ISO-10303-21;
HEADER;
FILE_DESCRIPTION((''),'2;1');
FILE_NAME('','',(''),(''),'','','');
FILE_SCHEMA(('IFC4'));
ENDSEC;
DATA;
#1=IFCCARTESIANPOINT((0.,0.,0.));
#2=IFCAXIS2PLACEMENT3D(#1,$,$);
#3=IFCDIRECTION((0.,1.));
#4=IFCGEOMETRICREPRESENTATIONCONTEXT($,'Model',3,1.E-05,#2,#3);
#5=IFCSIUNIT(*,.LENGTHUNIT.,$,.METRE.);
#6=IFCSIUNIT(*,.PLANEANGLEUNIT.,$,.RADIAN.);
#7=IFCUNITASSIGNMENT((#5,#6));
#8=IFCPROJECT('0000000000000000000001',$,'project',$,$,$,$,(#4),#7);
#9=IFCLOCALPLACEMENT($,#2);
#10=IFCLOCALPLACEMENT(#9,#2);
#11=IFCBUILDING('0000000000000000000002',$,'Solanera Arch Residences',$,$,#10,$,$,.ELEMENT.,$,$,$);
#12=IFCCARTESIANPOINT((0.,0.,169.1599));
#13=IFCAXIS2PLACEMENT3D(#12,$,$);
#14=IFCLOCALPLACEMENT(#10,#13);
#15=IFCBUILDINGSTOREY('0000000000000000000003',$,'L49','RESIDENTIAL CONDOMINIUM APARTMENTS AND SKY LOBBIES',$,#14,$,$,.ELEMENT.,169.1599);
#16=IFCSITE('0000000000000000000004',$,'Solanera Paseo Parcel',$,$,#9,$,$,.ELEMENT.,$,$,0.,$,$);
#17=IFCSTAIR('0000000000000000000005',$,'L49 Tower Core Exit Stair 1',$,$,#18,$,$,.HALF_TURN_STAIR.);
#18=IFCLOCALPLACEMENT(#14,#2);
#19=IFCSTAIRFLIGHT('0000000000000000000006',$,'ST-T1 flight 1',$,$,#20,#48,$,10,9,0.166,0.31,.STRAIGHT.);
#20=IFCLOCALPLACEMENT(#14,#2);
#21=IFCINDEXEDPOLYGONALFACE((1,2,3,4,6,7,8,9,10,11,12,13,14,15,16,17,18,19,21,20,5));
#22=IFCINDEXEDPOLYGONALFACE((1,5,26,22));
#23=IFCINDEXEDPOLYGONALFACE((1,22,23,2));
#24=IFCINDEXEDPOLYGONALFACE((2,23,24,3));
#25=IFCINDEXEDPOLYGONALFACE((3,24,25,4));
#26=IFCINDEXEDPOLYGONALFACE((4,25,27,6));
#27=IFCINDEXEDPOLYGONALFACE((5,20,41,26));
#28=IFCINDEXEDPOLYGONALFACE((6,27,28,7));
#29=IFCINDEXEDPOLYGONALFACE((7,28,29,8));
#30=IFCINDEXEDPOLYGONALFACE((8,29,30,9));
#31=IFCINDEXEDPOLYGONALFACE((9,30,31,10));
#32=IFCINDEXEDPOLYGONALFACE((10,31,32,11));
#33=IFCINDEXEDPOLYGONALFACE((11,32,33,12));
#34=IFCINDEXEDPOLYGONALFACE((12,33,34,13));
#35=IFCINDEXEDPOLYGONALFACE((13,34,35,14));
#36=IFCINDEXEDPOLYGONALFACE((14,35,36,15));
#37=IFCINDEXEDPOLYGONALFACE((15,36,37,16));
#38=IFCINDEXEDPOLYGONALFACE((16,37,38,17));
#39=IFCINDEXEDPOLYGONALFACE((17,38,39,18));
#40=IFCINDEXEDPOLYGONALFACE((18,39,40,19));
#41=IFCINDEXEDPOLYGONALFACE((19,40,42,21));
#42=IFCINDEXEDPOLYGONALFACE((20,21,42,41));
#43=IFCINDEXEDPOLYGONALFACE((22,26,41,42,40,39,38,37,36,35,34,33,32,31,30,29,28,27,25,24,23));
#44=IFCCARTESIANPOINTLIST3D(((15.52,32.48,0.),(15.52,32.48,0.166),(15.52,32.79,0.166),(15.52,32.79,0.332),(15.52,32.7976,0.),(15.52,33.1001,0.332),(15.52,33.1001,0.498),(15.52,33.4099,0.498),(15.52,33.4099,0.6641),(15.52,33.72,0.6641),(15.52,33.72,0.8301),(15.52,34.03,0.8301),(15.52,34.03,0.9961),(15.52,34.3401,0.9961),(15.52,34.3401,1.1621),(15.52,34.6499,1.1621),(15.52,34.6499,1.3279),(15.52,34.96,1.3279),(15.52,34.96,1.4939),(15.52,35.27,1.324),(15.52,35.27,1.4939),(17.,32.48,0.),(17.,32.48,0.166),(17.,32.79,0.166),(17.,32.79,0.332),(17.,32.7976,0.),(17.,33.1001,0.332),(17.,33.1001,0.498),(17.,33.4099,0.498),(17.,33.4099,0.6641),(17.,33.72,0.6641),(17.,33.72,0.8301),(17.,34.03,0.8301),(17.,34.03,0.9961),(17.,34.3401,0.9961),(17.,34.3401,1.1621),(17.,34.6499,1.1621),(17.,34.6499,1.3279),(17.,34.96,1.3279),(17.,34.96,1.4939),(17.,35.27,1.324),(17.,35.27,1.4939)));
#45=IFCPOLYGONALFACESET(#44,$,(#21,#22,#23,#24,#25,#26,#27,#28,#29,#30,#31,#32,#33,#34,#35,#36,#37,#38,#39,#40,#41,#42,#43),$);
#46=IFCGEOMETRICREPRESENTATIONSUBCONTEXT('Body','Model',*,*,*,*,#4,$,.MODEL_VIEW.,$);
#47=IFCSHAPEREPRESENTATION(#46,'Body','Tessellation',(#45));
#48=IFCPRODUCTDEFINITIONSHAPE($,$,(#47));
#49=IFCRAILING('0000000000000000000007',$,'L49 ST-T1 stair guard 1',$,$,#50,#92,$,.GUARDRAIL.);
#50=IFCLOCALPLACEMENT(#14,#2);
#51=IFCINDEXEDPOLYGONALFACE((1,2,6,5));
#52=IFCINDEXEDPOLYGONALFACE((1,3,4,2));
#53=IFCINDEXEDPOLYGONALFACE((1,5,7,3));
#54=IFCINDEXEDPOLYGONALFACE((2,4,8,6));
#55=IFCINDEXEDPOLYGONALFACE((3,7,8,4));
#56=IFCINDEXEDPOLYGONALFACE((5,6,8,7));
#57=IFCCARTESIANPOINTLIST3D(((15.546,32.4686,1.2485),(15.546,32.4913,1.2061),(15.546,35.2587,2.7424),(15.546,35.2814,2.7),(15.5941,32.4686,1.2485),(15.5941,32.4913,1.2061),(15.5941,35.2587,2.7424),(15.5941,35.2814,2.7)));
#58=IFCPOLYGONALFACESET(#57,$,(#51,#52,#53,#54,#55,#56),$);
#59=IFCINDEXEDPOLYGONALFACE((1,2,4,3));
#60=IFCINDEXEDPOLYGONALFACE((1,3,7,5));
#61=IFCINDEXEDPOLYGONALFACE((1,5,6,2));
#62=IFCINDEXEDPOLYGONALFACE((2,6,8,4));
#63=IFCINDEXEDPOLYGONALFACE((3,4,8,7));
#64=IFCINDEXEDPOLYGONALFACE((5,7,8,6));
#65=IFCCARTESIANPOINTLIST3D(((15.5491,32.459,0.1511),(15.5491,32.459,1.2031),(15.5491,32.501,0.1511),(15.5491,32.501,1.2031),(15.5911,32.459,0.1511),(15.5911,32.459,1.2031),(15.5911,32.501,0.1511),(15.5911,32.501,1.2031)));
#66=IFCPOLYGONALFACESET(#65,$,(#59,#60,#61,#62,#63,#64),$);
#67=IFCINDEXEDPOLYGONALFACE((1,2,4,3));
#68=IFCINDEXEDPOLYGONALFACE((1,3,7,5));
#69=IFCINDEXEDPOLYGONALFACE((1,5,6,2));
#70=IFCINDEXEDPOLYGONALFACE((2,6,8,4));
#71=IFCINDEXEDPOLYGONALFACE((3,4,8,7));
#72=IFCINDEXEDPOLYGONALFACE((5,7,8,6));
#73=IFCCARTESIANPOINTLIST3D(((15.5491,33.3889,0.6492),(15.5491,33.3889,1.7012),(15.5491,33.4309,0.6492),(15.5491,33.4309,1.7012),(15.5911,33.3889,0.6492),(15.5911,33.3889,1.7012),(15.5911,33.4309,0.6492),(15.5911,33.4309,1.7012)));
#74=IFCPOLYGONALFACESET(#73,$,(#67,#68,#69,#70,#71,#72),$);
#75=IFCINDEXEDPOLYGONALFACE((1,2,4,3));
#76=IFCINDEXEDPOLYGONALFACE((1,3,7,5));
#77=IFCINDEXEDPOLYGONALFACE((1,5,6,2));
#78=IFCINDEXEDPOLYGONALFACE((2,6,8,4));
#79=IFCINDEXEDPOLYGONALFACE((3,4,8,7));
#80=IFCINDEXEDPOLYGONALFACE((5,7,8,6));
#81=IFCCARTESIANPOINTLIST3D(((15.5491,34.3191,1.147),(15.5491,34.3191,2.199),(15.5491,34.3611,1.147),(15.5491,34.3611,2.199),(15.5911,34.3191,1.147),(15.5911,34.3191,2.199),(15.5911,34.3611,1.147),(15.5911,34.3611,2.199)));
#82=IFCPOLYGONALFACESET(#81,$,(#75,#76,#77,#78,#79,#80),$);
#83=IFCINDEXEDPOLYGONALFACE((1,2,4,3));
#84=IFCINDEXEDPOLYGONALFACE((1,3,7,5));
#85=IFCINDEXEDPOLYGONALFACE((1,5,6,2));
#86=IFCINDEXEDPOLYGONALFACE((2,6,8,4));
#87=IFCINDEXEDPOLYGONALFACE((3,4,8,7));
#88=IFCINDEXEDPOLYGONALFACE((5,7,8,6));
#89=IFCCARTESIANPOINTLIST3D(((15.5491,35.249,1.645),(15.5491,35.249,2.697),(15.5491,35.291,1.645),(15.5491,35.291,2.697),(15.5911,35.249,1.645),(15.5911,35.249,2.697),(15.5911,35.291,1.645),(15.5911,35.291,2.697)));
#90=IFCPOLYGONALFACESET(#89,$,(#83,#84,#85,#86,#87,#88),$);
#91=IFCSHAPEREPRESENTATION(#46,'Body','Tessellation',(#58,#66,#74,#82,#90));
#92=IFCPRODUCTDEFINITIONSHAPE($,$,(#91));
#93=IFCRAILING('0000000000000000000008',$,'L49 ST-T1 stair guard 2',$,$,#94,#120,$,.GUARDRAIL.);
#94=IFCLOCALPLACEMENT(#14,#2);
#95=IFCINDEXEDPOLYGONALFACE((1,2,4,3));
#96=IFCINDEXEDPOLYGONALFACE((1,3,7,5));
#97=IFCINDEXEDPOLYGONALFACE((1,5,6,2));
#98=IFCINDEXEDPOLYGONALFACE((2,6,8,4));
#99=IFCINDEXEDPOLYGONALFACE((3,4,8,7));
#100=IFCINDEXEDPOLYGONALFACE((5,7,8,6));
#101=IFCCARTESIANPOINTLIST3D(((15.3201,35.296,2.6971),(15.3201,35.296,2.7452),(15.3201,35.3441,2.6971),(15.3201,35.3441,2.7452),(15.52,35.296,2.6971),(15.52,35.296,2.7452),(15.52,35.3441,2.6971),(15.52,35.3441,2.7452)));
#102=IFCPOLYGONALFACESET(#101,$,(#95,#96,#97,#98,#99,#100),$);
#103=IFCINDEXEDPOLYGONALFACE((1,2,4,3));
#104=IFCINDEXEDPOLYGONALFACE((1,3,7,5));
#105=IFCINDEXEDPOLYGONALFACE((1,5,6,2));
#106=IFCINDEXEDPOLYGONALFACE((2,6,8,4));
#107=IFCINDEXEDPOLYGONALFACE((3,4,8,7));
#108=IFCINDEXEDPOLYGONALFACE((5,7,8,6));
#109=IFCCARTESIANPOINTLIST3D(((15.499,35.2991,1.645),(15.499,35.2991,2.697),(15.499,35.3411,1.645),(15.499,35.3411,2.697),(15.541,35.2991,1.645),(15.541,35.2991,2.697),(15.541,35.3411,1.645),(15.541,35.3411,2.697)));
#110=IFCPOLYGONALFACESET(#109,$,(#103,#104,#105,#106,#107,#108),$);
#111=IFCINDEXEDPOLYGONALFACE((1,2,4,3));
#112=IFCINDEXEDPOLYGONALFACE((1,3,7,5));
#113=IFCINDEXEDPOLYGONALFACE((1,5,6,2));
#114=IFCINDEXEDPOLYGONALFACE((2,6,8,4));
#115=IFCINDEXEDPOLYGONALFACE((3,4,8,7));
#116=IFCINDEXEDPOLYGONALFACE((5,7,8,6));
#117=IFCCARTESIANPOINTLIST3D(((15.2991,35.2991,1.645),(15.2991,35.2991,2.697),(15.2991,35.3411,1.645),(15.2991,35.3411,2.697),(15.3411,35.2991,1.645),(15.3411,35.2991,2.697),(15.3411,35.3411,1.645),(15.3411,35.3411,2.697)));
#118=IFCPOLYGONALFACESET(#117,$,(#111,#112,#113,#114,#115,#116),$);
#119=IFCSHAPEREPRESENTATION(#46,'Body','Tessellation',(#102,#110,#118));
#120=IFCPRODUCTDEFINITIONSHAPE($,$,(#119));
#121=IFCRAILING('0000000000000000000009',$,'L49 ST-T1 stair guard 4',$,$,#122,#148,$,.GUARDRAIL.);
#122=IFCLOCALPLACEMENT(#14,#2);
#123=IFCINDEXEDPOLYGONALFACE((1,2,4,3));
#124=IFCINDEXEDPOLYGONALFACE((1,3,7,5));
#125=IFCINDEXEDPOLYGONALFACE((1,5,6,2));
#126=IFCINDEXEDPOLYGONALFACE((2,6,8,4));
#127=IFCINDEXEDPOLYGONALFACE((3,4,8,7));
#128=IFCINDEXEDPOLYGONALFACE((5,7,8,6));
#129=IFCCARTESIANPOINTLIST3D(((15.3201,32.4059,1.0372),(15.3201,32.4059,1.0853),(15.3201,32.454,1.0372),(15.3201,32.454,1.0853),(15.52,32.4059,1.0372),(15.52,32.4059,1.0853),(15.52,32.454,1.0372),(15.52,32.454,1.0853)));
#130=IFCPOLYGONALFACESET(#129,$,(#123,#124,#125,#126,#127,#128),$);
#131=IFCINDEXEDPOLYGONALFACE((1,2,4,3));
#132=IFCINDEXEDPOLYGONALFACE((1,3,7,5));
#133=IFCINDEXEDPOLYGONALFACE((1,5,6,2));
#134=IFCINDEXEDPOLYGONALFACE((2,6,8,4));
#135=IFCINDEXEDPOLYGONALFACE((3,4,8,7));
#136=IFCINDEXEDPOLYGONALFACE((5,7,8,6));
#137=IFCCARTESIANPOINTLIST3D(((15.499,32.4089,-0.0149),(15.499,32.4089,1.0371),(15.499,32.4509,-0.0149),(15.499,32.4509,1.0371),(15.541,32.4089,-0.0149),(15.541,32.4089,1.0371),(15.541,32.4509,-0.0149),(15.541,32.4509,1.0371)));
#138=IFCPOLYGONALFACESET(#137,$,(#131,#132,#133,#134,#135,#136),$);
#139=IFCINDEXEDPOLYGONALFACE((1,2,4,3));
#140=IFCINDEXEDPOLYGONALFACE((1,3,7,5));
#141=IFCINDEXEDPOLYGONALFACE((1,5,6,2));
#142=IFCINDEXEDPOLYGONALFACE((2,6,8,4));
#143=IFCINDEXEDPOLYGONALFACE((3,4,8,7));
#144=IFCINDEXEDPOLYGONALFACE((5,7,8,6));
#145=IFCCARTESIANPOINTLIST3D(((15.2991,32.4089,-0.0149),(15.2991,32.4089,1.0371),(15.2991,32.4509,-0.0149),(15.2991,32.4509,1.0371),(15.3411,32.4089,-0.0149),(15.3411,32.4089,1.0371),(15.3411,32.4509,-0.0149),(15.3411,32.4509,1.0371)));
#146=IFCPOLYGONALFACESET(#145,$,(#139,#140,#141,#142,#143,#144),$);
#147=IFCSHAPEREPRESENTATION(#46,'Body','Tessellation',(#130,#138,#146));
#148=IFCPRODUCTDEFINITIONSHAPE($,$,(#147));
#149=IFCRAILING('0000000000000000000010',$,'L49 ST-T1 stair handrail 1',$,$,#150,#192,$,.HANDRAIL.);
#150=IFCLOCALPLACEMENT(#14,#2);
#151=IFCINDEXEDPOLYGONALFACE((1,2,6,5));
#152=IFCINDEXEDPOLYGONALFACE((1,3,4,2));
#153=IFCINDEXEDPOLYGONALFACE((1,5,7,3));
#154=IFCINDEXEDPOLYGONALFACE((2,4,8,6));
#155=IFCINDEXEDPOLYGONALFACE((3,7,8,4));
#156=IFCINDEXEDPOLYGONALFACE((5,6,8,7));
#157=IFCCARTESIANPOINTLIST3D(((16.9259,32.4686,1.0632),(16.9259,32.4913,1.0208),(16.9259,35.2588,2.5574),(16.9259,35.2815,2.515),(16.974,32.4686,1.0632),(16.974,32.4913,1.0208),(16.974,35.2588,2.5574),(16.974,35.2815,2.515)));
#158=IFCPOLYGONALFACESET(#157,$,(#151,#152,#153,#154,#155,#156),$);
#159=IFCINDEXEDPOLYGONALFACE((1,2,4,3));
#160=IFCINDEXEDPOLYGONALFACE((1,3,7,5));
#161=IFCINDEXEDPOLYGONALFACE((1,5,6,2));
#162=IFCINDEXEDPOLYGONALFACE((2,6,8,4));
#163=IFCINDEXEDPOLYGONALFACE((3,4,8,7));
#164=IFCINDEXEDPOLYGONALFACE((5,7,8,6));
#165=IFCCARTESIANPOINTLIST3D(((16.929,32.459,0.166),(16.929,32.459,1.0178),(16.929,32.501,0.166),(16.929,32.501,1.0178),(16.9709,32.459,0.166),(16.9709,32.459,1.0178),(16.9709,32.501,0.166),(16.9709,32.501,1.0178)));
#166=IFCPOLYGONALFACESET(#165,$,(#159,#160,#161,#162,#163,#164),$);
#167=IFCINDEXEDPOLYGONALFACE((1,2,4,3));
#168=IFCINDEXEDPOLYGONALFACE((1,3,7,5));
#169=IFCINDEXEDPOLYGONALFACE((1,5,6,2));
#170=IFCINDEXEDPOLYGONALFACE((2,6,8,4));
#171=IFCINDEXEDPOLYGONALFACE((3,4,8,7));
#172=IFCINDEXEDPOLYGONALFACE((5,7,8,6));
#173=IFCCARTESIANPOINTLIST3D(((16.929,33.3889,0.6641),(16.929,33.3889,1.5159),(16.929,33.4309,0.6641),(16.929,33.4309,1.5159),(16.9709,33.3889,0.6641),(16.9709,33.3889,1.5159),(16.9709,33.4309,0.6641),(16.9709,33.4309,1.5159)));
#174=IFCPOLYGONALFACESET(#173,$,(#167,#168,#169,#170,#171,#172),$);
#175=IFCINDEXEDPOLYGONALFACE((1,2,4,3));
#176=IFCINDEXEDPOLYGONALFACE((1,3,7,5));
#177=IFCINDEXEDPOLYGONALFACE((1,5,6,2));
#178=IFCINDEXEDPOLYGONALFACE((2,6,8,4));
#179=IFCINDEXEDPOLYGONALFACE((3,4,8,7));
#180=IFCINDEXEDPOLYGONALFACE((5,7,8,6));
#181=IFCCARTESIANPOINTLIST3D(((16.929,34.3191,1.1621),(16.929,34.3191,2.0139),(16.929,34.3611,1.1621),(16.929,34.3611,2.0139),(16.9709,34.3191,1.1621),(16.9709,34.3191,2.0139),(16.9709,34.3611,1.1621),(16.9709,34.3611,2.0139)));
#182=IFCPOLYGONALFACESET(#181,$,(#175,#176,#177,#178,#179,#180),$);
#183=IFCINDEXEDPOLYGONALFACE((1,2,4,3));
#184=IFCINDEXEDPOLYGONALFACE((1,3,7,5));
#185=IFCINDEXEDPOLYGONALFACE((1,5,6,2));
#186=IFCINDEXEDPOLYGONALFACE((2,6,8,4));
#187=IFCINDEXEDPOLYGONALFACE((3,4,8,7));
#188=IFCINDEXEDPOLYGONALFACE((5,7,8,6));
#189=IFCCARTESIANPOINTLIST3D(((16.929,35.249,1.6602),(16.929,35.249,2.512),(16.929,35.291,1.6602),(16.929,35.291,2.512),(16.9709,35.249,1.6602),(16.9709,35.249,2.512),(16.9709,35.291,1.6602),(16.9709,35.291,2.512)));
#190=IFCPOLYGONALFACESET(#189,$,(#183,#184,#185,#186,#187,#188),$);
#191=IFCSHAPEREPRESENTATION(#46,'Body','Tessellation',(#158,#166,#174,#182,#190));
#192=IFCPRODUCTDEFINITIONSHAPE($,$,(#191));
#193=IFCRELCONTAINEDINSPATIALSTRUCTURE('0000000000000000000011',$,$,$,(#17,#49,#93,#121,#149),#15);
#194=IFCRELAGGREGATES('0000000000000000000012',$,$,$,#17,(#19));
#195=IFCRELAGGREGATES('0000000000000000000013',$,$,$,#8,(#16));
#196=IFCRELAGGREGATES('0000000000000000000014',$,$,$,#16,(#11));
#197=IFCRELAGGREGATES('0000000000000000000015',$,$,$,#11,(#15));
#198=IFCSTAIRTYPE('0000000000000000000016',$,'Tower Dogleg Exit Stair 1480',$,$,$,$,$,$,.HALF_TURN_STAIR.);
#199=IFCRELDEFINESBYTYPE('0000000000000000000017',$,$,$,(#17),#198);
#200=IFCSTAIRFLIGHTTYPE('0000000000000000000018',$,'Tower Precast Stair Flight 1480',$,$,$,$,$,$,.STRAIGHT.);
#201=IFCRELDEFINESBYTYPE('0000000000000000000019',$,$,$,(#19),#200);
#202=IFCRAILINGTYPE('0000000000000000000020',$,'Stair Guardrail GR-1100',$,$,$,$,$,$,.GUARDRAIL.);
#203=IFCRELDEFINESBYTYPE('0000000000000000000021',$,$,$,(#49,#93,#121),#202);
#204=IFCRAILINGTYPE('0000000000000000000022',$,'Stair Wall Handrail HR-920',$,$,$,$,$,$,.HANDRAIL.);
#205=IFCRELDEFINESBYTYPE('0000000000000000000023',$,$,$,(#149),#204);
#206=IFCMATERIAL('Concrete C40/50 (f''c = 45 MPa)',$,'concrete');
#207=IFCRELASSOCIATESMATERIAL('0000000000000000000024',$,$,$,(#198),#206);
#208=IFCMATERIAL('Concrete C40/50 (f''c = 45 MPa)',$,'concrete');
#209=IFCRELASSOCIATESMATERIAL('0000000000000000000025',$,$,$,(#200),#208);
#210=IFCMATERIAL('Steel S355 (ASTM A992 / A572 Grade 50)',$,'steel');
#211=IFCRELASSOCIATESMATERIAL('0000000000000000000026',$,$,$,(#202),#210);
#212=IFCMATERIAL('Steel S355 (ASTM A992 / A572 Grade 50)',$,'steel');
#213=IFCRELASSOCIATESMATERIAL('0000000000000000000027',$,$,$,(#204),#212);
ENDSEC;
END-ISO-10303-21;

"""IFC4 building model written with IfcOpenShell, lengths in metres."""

from ifc_helpers import new_model, si_unit, direction, frame, origin, origin_2d, place, context, subcontext, project, spatial, polyline, rectangle, outline, extrude, material, type_object, element, aggregate, save


model = new_model("IFC4")

# Units and contexts
model_context = context("Model", 3, precision=1e-05, world=origin(), true_north=direction((0.0, 1.0)))
body_context = subcontext(model_context, "Body", "Model", "MODEL_VIEW")
ifc_project = project(units=[si_unit("LENGTHUNIT", "METRE"), si_unit("PLANEANGLEUNIT", "RADIAN")], contexts=[model_context])

# Site, building, storey
site_placement = place(None, origin())
site = spatial("IfcSite", under=ifc_project, at=site_placement, Name="Solanera Paseo Parcel", CompositionType="ELEMENT", RefElevation=0.0)
building_placement = place(site_placement, origin())
building = spatial("IfcBuilding", under=site, at=building_placement, Name="Solanera Arch Residences", CompositionType="ELEMENT")
storey_placement = place(building_placement, frame((0.0, 0.0, 169.1599)))
storey = spatial("IfcBuildingStorey", under=building, at=storey_placement, Name="L49", Description="RESIDENTIAL CONDOMINIUM APARTMENTS AND SKY LOBBIES", CompositionType="ELEMENT", Elevation=169.1599)

# Stair, stair flight
ifc_material_1 = material(Name="Concrete C40/50 (f'c = 45 MPa)", Category="concrete")
stair_type = type_object("IfcStairType", Name="Tower Dogleg Exit Stair 1480", PredefinedType="HALF_TURN_STAIR", material=ifc_material_1)
stair_placement = place(storey_placement, origin())
stair = element("IfcStair", 1, at=stair_placement, inside=storey, type_object=stair_type, Name="L49 Tower Core Exit Stair 1", PredefinedType="HALF_TURN_STAIR")
ifc_material_2 = material(Name="Concrete C40/50 (f'c = 45 MPa)", Category="concrete")
stair_flight_type = type_object("IfcStairFlightType", Name="Tower Precast Stair Flight 1480", PredefinedType="STRAIGHT", material=ifc_material_2)
stair_flight_placement = place(storey_placement, frame((16.26, 32.48, 0.0), z_axis=(0.0, 0.0, 1.0), x_axis=(0.0, 1.0, 0.0)))
stair_flight = element("IfcStairFlight", 2, at=stair_flight_placement, type_object=stair_flight_type, Name="ST-T1 flight 1", NumberOfRisers=10, NumberOfTreads=9, PredefinedType="STRAIGHT", RiserHeight=0.166, TreadLength=0.31, context=body_context, shape_type="SweptSolid", body=[
    extrude(outline(polyline([(0.0, 0.0), (0.0, 0.166), (0.3101, 0.166), (0.3101, 0.332), (0.6201, 0.332), (0.6201, 0.498), (0.9299, 0.498), (0.9299, 0.6641), (1.24, 0.6641), (1.24, 0.8301), (1.55, 0.8301), (1.55, 0.9961), (1.8601, 0.9961), (1.8601, 1.1621), (2.1699, 1.1621), (2.1699, 1.3279), (2.48, 1.3279), (2.48, 1.4939), (2.79, 1.4939), (2.79, 1.6599), (2.79, 1.324), (0.3176, 0.0), (0.0, 0.0)])), frame((0.0, 0.74, 0.0), z_axis=(0.0, -1.0, 0.0), x_axis=(1.0, 0.0, 0.0)), (0.0, 0.0, 1.0), 1.48),
])
aggregate(stair, [stair_flight])

# Railings
ifc_material_3 = material(Name="Steel S355 (ASTM A992 / A572 Grade 50)", Category="steel")
railing_type_1 = type_object("IfcRailingType", Name="Stair Guardrail GR-1100", PredefinedType="GUARDRAIL", material=ifc_material_3)
railing_1_placement = place(storey_placement, frame((15.5701, 32.48, 0.1511)))
element("IfcRailing", 3, at=railing_1_placement, inside=storey, type_object=railing_type_1, Name="L49 ST-T1 stair guard 1", PredefinedType="GUARDRAIL", context=body_context, shape_type="SweptSolid", body=[
    extrude(rectangle(XDim=0.0481, YDim=0.0481, at=origin_2d()), frame((0.0, 0.0, 1.0762), z_axis=(0.0, 0.881581, 0.472033), x_axis=(-1.0, 0.0, 0.0)), (0.0, 0.0, 1.0), 3.1648),
    extrude(rectangle(XDim=0.042, YDim=0.042, at=origin_2d()), origin(), (0.0, 0.0, 1.0), 1.052),
    extrude(rectangle(XDim=0.042, YDim=0.042, at=origin_2d()), frame((0.0, 0.9299, 0.498)), (0.0, 0.0, 1.0), 1.052),
    extrude(rectangle(XDim=0.042, YDim=0.042, at=origin_2d()), frame((0.0, 1.8601, 0.9958)), (0.0, 0.0, 1.0), 1.052),
    extrude(rectangle(XDim=0.042, YDim=0.042, at=origin_2d()), frame((0.0, 2.79, 1.4939)), (0.0, 0.0, 1.0), 1.052),
])
for number, where, name in (
    (4, (15.52, 35.3201, 1.645), "L49 ST-T1 stair guard 2"),
    (5, (15.52, 32.4299, -0.0149), "L49 ST-T1 stair guard 4"),
):
    element("IfcRailing", number, at=place(storey_placement, frame(where)), inside=storey, type_object=railing_type_1, Name=name, PredefinedType="GUARDRAIL", context=body_context, shape_type="SweptSolid", body=[
        extrude(rectangle(XDim=0.0481, YDim=0.0481, at=origin_2d()), frame((0.0, 0.0, 1.0762), z_axis=(-1.0, 0.0, 0.0), x_axis=(0.0, -1.0, 0.0)), (0.0, 0.0, 1.0), 0.2),
        extrude(rectangle(XDim=0.042, YDim=0.042, at=origin_2d()), origin(), (0.0, 0.0, 1.0), 1.052),
        extrude(rectangle(XDim=0.042, YDim=0.042, at=origin_2d()), frame((-0.2, 0.0, 0.0)), (0.0, 0.0, 1.0), 1.052),
    ])
ifc_material_4 = material(Name="Steel S355 (ASTM A992 / A572 Grade 50)", Category="steel")
railing_type_2 = type_object("IfcRailingType", Name="Stair Wall Handrail HR-920", PredefinedType="HANDRAIL", material=ifc_material_4)
railing_2_placement = place(storey_placement, frame((16.95, 32.48, 0.166)))
element("IfcRailing", 6, at=railing_2_placement, inside=storey, type_object=railing_type_2, Name="L49 ST-T1 stair handrail 1", PredefinedType="HANDRAIL", context=body_context, shape_type="SweptSolid", body=[
    extrude(rectangle(XDim=0.0481, YDim=0.0481, at=origin_2d()), frame((0.0, 0.0, 0.876), z_axis=(0.0, 0.881549, 0.472093), x_axis=(-1.0, 0.0, 0.0)), (0.0, 0.0, 1.0), 3.165),
    extrude(rectangle(XDim=0.042, YDim=0.042, at=origin_2d()), origin(), (0.0, 0.0, 1.0), 0.8518),
    extrude(rectangle(XDim=0.042, YDim=0.042, at=origin_2d()), frame((0.0, 0.9299, 0.498)), (0.0, 0.0, 1.0), 0.8518),
    extrude(rectangle(XDim=0.042, YDim=0.042, at=origin_2d()), frame((0.0, 1.8601, 0.9961)), (0.0, 0.0, 1.0), 0.8518),
    extrude(rectangle(XDim=0.042, YDim=0.042, at=origin_2d()), frame((0.0, 2.79, 1.4941)), (0.0, 0.0, 1.0), 0.8518),
])

save(model, "model.ifc")
